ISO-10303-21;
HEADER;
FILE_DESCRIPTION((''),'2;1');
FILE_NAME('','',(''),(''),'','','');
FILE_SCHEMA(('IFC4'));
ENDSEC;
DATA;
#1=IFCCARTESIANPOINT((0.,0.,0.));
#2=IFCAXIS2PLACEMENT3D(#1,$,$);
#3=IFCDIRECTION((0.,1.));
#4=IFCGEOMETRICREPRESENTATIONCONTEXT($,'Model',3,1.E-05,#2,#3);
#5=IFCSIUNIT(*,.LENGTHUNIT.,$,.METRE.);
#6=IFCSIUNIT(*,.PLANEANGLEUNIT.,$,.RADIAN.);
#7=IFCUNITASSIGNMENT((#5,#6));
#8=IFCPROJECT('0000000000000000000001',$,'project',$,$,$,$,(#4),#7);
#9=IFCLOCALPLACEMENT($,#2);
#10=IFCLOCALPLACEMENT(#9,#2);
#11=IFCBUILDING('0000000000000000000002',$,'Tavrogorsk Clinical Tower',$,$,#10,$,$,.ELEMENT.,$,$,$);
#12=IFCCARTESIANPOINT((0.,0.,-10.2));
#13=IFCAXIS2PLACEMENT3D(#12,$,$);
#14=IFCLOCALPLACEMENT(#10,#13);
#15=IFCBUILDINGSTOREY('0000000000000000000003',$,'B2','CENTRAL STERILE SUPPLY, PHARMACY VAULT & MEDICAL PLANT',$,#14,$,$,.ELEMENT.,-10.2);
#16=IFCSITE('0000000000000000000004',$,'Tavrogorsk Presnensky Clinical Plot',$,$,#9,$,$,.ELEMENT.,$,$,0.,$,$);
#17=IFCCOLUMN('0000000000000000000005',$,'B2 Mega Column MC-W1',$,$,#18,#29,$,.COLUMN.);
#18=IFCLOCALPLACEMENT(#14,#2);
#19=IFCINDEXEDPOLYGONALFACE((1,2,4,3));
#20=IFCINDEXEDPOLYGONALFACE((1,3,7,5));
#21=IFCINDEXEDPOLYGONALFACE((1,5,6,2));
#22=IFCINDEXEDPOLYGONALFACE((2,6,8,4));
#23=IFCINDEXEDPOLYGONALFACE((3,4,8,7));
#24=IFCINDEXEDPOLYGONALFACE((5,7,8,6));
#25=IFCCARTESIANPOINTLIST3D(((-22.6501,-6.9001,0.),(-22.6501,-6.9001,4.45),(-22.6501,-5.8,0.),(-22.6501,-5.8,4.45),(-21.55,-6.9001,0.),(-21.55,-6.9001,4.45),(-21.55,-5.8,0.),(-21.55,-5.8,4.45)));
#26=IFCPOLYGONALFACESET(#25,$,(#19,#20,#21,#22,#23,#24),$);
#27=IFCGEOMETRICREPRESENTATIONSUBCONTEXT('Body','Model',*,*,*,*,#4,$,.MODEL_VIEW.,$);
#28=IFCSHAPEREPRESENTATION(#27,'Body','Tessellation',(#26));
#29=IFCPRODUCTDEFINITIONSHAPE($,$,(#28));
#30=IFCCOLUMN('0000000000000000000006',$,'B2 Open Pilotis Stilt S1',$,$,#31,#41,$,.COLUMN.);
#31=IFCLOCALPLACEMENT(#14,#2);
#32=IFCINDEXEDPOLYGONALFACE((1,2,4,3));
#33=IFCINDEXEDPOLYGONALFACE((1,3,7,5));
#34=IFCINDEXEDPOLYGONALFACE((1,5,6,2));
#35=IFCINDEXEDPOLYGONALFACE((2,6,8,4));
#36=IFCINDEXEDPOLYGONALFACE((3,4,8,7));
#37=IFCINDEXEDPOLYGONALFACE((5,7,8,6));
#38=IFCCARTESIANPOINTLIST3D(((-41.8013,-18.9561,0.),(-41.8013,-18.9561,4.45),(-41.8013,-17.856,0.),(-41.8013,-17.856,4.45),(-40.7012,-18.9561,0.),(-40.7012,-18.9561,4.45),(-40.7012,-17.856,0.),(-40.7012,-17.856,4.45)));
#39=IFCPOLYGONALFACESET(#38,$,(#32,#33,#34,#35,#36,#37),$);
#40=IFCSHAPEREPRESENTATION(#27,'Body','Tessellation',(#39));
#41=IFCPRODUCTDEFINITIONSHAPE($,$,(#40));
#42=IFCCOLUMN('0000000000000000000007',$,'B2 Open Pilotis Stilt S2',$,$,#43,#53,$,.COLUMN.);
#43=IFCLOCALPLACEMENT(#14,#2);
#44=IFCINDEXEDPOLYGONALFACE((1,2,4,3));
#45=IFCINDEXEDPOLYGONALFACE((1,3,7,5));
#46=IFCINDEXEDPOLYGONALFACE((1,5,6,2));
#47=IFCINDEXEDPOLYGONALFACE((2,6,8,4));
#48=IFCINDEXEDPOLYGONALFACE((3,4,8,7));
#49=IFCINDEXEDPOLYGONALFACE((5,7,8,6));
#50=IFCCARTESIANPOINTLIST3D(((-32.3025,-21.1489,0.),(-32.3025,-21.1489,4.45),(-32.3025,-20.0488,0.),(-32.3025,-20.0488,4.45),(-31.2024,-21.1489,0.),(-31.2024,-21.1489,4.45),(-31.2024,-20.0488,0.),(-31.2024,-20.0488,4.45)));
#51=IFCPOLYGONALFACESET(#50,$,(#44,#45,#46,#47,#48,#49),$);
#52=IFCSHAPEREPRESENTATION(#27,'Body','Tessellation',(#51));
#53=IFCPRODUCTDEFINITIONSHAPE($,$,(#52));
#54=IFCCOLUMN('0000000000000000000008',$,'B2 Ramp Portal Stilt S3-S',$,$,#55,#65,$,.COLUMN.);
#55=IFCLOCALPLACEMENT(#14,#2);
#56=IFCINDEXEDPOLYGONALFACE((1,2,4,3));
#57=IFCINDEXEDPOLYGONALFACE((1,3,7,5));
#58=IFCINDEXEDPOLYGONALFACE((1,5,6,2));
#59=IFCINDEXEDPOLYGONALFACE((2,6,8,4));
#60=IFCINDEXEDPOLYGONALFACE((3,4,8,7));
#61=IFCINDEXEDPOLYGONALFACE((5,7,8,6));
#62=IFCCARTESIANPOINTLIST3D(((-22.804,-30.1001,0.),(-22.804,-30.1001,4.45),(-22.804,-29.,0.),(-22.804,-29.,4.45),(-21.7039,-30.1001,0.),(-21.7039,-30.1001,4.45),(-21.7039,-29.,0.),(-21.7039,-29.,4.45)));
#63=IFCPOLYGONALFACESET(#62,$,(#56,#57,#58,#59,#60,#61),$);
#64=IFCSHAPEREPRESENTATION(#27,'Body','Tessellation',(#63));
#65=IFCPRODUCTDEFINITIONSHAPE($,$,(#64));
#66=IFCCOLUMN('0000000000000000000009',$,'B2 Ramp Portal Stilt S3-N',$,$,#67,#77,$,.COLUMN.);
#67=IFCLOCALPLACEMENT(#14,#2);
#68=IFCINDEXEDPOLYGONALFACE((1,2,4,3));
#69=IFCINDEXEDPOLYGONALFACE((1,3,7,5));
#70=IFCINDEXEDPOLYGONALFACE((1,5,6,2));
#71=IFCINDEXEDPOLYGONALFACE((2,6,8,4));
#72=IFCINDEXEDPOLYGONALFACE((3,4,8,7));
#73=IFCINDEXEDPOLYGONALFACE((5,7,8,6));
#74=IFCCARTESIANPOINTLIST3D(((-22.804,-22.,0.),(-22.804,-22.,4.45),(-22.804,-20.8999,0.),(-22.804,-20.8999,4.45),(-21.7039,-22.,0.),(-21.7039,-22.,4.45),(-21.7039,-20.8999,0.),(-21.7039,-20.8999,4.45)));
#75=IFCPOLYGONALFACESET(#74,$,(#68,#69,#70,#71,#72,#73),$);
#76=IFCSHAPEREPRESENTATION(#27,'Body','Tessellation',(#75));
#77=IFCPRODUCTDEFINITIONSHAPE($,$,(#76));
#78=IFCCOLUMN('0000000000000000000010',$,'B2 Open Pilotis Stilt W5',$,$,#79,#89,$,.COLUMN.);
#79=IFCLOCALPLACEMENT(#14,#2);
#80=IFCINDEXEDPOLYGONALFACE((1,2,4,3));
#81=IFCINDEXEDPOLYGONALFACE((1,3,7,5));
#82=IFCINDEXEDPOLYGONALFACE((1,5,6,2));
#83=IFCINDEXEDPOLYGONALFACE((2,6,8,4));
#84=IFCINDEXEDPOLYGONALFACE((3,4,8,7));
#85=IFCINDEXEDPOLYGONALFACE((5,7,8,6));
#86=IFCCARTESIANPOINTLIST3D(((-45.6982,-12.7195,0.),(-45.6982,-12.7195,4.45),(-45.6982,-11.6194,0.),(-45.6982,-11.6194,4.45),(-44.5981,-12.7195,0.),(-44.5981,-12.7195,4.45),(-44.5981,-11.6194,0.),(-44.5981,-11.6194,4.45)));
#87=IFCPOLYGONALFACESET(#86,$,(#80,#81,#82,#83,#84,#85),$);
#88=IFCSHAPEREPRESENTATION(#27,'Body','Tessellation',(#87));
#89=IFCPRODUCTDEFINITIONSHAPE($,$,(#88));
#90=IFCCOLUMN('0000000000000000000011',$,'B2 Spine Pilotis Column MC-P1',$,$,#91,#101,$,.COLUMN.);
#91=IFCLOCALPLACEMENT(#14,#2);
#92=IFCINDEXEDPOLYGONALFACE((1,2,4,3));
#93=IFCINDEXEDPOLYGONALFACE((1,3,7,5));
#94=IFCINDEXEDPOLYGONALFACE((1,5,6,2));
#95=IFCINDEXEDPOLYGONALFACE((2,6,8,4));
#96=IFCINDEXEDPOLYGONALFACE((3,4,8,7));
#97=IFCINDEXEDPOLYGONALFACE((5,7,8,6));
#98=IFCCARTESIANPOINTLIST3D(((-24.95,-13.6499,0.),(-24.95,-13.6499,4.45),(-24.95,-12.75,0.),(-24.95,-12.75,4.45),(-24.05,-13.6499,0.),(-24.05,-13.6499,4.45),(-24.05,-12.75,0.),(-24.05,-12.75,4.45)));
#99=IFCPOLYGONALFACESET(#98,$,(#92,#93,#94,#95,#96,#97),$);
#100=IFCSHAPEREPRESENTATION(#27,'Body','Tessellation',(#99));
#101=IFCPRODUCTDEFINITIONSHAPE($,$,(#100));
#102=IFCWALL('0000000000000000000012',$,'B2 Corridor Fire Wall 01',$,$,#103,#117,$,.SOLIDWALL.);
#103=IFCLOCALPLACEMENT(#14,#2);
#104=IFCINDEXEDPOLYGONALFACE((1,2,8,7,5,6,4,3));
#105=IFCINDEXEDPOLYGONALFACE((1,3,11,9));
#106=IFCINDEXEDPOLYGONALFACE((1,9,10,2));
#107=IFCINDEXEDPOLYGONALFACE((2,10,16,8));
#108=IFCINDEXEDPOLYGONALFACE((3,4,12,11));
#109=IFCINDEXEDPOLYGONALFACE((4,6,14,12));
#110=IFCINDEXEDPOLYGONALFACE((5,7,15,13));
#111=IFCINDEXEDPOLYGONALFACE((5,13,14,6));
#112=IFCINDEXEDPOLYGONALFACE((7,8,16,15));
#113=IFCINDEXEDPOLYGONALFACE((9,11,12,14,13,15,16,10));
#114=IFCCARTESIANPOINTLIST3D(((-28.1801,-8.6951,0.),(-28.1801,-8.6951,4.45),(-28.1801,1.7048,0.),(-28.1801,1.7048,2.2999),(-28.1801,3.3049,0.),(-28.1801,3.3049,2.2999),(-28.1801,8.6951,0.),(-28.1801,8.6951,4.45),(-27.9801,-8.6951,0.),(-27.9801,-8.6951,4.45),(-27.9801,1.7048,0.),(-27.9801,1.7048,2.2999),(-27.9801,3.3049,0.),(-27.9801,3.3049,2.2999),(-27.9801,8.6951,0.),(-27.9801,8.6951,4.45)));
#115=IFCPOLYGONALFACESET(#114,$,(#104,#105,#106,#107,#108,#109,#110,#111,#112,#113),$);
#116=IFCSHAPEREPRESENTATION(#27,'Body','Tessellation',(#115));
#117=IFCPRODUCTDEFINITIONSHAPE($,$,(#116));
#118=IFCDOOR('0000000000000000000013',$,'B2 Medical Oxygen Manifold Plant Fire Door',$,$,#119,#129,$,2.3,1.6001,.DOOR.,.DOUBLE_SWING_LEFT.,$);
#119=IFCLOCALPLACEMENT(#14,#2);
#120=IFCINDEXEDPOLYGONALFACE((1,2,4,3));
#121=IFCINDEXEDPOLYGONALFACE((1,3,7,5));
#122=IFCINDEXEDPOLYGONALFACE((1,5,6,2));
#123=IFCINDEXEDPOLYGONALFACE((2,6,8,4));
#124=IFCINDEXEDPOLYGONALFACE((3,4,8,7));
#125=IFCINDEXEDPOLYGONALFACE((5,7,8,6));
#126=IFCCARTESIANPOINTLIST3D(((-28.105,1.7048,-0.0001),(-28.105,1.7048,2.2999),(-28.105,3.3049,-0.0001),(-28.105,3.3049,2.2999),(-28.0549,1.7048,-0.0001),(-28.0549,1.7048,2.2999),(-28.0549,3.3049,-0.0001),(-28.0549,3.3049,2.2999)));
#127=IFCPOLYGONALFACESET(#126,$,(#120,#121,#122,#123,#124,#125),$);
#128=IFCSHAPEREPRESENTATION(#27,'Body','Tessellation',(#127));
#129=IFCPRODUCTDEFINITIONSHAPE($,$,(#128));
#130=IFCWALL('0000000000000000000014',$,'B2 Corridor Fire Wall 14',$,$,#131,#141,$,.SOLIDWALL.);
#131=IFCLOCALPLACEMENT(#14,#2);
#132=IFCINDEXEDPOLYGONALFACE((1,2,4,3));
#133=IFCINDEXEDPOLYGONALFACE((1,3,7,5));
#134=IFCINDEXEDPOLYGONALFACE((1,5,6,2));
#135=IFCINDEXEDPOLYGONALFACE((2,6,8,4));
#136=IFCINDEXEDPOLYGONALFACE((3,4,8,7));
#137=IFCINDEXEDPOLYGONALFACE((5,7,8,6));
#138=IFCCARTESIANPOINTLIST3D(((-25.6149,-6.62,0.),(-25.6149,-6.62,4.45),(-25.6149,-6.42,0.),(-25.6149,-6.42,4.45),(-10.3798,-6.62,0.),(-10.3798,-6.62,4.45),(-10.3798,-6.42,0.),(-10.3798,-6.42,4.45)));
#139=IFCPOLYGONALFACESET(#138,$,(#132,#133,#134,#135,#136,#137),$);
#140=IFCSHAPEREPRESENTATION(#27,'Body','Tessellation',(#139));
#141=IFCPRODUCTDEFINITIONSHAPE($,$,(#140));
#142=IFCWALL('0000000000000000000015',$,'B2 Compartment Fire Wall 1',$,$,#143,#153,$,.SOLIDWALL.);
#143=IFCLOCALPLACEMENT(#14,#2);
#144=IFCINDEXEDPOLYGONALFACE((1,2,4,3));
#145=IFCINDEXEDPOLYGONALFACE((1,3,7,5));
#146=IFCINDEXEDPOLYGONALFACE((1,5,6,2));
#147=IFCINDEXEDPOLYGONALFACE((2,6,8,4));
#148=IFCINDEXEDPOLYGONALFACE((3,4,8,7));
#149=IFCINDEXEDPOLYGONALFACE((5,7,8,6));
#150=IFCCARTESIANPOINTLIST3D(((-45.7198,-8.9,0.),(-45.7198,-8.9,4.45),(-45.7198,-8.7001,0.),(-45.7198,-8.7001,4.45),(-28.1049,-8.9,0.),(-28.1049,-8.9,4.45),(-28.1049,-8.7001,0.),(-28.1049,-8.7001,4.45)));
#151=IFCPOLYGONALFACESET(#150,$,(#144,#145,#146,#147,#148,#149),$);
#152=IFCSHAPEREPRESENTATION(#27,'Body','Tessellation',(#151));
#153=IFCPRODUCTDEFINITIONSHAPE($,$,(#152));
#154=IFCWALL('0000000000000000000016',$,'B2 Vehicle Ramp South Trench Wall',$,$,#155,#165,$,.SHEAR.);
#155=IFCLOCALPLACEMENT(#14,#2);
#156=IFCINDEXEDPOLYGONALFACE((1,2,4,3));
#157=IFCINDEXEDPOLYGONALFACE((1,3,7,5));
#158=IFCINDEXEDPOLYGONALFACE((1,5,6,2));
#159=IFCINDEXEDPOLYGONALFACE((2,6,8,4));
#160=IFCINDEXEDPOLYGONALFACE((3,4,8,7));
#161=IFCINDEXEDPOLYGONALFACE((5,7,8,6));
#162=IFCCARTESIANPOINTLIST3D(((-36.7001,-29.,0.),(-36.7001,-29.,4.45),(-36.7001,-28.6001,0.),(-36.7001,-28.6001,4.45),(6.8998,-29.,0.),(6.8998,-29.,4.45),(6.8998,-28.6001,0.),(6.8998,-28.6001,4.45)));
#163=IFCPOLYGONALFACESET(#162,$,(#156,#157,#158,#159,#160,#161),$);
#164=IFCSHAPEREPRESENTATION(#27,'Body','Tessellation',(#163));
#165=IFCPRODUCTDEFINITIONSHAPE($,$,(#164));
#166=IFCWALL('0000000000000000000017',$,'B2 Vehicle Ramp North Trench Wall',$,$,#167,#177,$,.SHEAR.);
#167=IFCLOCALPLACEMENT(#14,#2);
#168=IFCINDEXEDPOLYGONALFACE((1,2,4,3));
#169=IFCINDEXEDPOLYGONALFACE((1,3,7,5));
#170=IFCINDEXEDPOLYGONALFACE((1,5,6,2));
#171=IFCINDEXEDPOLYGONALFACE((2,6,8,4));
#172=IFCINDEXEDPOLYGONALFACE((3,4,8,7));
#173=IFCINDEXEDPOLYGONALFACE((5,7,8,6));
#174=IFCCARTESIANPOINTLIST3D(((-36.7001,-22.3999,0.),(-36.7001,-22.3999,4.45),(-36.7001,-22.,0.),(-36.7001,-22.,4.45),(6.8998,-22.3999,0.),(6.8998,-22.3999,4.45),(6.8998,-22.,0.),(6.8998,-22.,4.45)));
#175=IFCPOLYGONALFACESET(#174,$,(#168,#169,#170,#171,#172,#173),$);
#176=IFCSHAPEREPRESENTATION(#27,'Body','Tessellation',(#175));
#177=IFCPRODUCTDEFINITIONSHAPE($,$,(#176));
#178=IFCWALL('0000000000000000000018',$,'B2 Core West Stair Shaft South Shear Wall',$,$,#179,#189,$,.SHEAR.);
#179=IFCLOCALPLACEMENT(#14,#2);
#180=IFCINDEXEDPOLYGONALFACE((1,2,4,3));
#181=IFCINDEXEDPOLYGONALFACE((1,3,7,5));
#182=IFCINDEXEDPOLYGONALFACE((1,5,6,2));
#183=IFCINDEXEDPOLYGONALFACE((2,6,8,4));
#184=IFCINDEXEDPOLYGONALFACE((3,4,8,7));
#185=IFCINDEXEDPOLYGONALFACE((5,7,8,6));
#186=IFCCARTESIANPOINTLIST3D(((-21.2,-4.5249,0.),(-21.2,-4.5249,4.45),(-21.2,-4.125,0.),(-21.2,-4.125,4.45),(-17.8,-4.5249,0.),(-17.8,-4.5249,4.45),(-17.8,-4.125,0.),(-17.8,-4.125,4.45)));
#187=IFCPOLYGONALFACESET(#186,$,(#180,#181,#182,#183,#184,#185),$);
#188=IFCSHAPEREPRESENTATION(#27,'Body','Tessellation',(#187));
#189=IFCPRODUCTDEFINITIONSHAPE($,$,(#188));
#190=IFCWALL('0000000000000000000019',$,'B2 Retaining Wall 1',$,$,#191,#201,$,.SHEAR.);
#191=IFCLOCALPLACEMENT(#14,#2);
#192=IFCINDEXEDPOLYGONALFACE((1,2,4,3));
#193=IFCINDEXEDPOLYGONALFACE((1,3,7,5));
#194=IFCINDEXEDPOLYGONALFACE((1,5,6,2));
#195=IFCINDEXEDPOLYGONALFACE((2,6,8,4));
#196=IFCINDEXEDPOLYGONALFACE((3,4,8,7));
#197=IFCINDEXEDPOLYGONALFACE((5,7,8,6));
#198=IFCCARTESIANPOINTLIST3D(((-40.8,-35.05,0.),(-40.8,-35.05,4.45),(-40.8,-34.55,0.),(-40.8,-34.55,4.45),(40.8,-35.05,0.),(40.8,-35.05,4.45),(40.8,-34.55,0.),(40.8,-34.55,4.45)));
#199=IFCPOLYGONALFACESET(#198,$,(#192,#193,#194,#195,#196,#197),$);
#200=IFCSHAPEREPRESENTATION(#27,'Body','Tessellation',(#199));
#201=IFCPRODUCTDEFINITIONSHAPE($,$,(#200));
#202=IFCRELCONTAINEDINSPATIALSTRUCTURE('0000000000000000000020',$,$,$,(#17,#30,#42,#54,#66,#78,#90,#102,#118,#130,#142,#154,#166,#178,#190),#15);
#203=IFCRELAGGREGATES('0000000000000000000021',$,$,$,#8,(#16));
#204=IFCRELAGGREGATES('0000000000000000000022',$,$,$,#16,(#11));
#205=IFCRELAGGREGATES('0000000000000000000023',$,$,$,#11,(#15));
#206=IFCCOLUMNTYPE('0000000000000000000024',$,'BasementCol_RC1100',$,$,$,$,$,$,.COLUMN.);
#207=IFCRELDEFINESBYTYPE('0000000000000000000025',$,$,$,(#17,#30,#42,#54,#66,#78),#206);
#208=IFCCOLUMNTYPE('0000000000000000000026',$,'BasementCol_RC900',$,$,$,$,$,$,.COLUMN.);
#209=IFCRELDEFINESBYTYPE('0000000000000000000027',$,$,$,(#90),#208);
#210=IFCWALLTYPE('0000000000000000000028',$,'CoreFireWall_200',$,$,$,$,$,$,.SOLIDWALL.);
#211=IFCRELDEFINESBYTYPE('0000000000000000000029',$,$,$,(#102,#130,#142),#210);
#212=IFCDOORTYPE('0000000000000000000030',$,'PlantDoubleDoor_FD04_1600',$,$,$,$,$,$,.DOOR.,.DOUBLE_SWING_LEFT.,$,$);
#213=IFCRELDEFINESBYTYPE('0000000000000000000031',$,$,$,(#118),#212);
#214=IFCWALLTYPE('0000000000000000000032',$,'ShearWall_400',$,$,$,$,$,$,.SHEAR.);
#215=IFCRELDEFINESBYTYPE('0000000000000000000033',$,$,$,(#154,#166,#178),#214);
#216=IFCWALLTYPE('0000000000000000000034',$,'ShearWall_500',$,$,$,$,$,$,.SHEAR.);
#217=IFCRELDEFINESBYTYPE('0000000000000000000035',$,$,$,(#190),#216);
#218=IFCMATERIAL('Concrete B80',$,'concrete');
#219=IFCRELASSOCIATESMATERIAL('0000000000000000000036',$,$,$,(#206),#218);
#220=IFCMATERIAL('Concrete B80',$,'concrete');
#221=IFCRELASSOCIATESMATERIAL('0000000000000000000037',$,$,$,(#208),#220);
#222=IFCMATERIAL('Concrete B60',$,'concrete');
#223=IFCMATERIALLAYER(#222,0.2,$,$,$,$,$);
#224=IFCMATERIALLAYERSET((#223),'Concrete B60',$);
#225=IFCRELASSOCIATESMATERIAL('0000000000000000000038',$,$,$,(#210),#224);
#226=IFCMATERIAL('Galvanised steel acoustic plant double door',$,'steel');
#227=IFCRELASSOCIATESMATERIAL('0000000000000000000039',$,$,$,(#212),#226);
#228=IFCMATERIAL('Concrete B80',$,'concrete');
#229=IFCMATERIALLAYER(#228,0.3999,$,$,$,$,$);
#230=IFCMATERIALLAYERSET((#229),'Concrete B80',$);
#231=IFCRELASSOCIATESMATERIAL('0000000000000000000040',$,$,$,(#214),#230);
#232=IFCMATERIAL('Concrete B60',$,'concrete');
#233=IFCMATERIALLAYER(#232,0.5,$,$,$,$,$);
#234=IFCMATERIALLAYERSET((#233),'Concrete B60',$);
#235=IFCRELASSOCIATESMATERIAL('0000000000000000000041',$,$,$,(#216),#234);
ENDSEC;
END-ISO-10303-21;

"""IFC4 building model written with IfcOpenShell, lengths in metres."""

from ifc_helpers import new_model, si_unit, direction, frame, frame_2d, origin, origin_2d, place, context, subcontext, project, spatial, rectangle, extrude, material, layer, layer_set, material_profile, profile_set, type_object, element, fill, save


model = new_model("IFC4")

# Units and contexts
model_context = context("Model", 3, precision=1e-05, world=origin(), true_north=direction((0.0, 1.0)))
body_context = subcontext(model_context, "Body", "Model", "MODEL_VIEW")
ifc_project = project(units=[si_unit("LENGTHUNIT", "METRE"), si_unit("PLANEANGLEUNIT", "RADIAN")], contexts=[model_context])

# Site, building, storey
site_placement = place(None, origin())
site = spatial("IfcSite", under=ifc_project, at=site_placement, Name="Tavrogorsk Presnensky Clinical Plot", CompositionType="ELEMENT", RefElevation=0.0)
building_placement = place(site_placement, origin())
building = spatial("IfcBuilding", under=site, at=building_placement, Name="Tavrogorsk Clinical Tower", CompositionType="ELEMENT")
storey_placement = place(building_placement, frame((0.0, 0.0, -10.2)))
storey = spatial("IfcBuildingStorey", under=building, at=storey_placement, Name="B2", Description="CENTRAL STERILE SUPPLY, PHARMACY VAULT & MEDICAL PLANT", CompositionType="ELEMENT", Elevation=-10.2)

# Columns
ifc_material_1 = material(Name="Concrete B80", Category="concrete")
ifc_material_profile_1 = material_profile(ifc_material_1, rectangle(XDim=1.1001, YDim=1.1001, at=origin_2d()), Name="RC-COL-1100x1100")
ifc_profile_set_1 = profile_set([ifc_material_profile_1], Name="Concrete B80")
column_type_1 = type_object("IfcColumnType", Name="BasementCol_RC1100", PredefinedType="COLUMN", material=ifc_profile_set_1)
for number, where, z_axis, x_axis, name in (
    (1, (-22.1001, -6.3501, 0.0), (0.0, 0.0, 1.0), (1.0, 0.0, 0.0), "B2 Mega Column MC-W1"),
    (2, (-41.2512, -18.406, 0.0), (0.0, 0.0, 1.0), (1.0, 0.0, 0.0), "B2 Open Pilotis Stilt S1"),
    (3, (-31.7524, -20.5989, 0.0), (0.0, 0.0, 1.0), (1.0, 0.0, 0.0), "B2 Open Pilotis Stilt S2"),
    (4, (-22.2539, -29.55, 0.0), (0.0, 0.0, 1.0), (1.0, 0.0, 0.0), "B2 Ramp Portal Stilt S3-S"),
    (5, (-22.2539, -21.45, 0.0), (0.0, 0.0, 1.0), (1.0, 0.0, 0.0), "B2 Ramp Portal Stilt S3-N"),
    (6, (-45.1482, -12.1694, 0.0), (0.0, 0.0, 1.0), (1.0, 0.0, 0.0), "B2 Open Pilotis Stilt W5"),
):
    element("IfcColumn", number, at=place(storey_placement, frame(where, z_axis=z_axis, x_axis=x_axis)), inside=storey, type_object=column_type_1, Name=name, PredefinedType="COLUMN", context=body_context, shape_type="SweptSolid", body=[
        extrude(rectangle(XDim=1.1001, YDim=1.1001, at=origin_2d()), origin(), (0.0, 0.0, 1.0), 4.45),
    ])
ifc_material_2 = material(Name="Concrete B80", Category="concrete")
ifc_material_profile_2 = material_profile(ifc_material_2, rectangle(XDim=0.8999, YDim=0.8999, at=origin_2d()), Name="RC-COL-900x900")
ifc_profile_set_2 = profile_set([ifc_material_profile_2], Name="Concrete B80")
column_type_2 = type_object("IfcColumnType", Name="BasementCol_RC900", PredefinedType="COLUMN", material=ifc_profile_set_2)
column_placement = place(storey_placement, frame((-24.5, -13.2, 0.0), z_axis=(0.0, 0.0, 1.0), x_axis=(1.0, 0.0, 0.0)))
element("IfcColumn", 7, at=column_placement, inside=storey, type_object=column_type_2, Name="B2 Spine Pilotis Column MC-P1", PredefinedType="COLUMN", context=body_context, shape_type="SweptSolid", body=[
    extrude(rectangle(XDim=0.8999, YDim=0.8999, at=origin_2d()), origin(), (0.0, 0.0, 1.0), 4.45),
])

# Wall, opening, door
ifc_material_3 = material(Name="Concrete B60", Category="concrete")
ifc_layer_1 = layer(ifc_material_3, 0.2)
ifc_layer_set_1 = layer_set([ifc_layer_1], Name="Concrete B60")
wall_type_1 = type_object("IfcWallType", Name="CoreFireWall_200", PredefinedType="SOLIDWALL", material=ifc_layer_set_1)
wall_1_placement = place(storey_placement, frame((-28.0801, -8.6951, 0.0), z_axis=(0.0, 0.0, 1.0), x_axis=(0.0, 1.0, 0.0)))
wall_1 = element("IfcWall", 8, at=wall_1_placement, inside=storey, type_object=wall_type_1, Name="B2 Corridor Fire Wall 01", PredefinedType="SOLIDWALL", context=body_context, shape_type="SweptSolid", body=[
    extrude(rectangle(XDim=17.3901, YDim=0.2, at=frame_2d((8.6951, 0.0))), origin(), (0.0, 0.0, 1.0), 4.45),
])
opening_placement = place(wall_1_placement, frame((10.3999, 0.0, 0.0)))
opening = element("IfcOpeningElement", 9, at=opening_placement, cuts=wall_1, PredefinedType="OPENING", context=body_context, shape_type="SweptSolid", body=[
    extrude(rectangle(XDim=1.6001, YDim=2.3, at=frame_2d((0.8, 1.1499))), frame((0.0, 0.1099, 0.0), z_axis=(0.0, -1.0, 0.0), x_axis=(1.0, 0.0, 0.0)), (0.0, 0.0, 1.0), 0.22),
])
ifc_material_4 = material(Name="Galvanised steel acoustic plant double door", Category="steel")
door_type = type_object("IfcDoorType", Name="PlantDoubleDoor_FD04_1600", OperationType="DOUBLE_SWING_LEFT", PredefinedType="DOOR", material=ifc_material_4)
door_placement = place(opening_placement, origin())
door = element("IfcDoor", 10, at=door_placement, inside=storey, type_object=door_type, Name="B2 Medical Oxygen Manifold Plant Fire Door", OperationType="DOUBLE_SWING_LEFT", OverallHeight=2.3, OverallWidth=1.6001, PredefinedType="DOOR", context=body_context, shape_type="SweptSolid", body=[
    extrude(rectangle(XDim=1.6001, YDim=2.3, at=frame_2d((0.8, 1.1499))), frame((0.0, 0.0249, 0.0), z_axis=(0.0, -1.0, 0.0), x_axis=(1.0, 0.0, 0.0)), (0.0, 0.0, 1.0), 0.05),
])
fill(opening, door)

# Walls
wall_2_placement = place(storey_placement, frame((-25.615, -6.52, 0.0), z_axis=(0.0, 0.0, 1.0), x_axis=(1.0, 0.0, 0.0)))
element("IfcWall", 11, at=wall_2_placement, inside=storey, type_object=wall_type_1, Name="B2 Corridor Fire Wall 14", PredefinedType="SOLIDWALL", context=body_context, shape_type="SweptSolid", body=[
    extrude(rectangle(XDim=15.2351, YDim=0.2, at=frame_2d((7.6177, 0.0))), origin(), (0.0, 0.0, 1.0), 4.45),
])
wall_3_placement = place(storey_placement, frame((-45.72, -8.8, 0.0), z_axis=(0.0, 0.0, 1.0), x_axis=(1.0, 0.0, 0.0)))
element("IfcWall", 12, at=wall_3_placement, inside=storey, type_object=wall_type_1, Name="B2 Compartment Fire Wall 1", PredefinedType="SOLIDWALL", context=body_context, shape_type="SweptSolid", body=[
    extrude(rectangle(XDim=17.615, YDim=0.2, at=frame_2d((8.8076, 0.0))), origin(), (0.0, 0.0, 1.0), 4.45),
])
ifc_material_5 = material(Name="Concrete B80", Category="concrete")
ifc_layer_2 = layer(ifc_material_5, 0.3999)
ifc_layer_set_2 = layer_set([ifc_layer_2], Name="Concrete B80")
wall_type_2 = type_object("IfcWallType", Name="ShearWall_400", PredefinedType="SHEAR", material=ifc_layer_set_2)
for number, where, z_axis, x_axis, name in (
    (13, (-36.7, -28.8, 0.0), (0.0, 0.0, 1.0), (1.0, 0.0, 0.0), "B2 Vehicle Ramp South Trench Wall"),
    (14, (-36.7, -22.2, 0.0), (0.0, 0.0, 1.0), (1.0, 0.0, 0.0), "B2 Vehicle Ramp North Trench Wall"),
):
    element("IfcWall", number, at=place(storey_placement, frame(where, z_axis=z_axis, x_axis=x_axis)), inside=storey, type_object=wall_type_2, Name=name, PredefinedType="SHEAR", context=body_context, shape_type="SweptSolid", body=[
        extrude(rectangle(XDim=43.5999, YDim=0.3999, at=frame_2d((21.7998, 0.0))), origin(), (0.0, 0.0, 1.0), 4.45),
    ])
wall_4_placement = place(storey_placement, frame((-21.2, -4.325, 0.0), z_axis=(0.0, 0.0, 1.0), x_axis=(1.0, 0.0, 0.0)))
element("IfcWall", 15, at=wall_4_placement, inside=storey, type_object=wall_type_2, Name="B2 Core West Stair Shaft South Shear Wall", PredefinedType="SHEAR", context=body_context, shape_type="SweptSolid", body=[
    extrude(rectangle(XDim=3.3999, YDim=0.3999, at=frame_2d((1.7, 0.0))), origin(), (0.0, 0.0, 1.0), 4.45),
])
ifc_material_6 = material(Name="Concrete B60", Category="concrete")
ifc_layer_3 = layer(ifc_material_6, 0.5)
ifc_layer_set_3 = layer_set([ifc_layer_3], Name="Concrete B60")
wall_type_3 = type_object("IfcWallType", Name="ShearWall_500", PredefinedType="SHEAR", material=ifc_layer_set_3)
wall_5_placement = place(storey_placement, frame((-40.8, -34.8, 0.0), z_axis=(0.0, 0.0, 1.0), x_axis=(1.0, 0.0, 0.0)))
element("IfcWall", 16, at=wall_5_placement, inside=storey, type_object=wall_type_3, Name="B2 Retaining Wall 1", PredefinedType="SHEAR", context=body_context, shape_type="SweptSolid", body=[
    extrude(rectangle(XDim=81.6001, YDim=0.5, at=frame_2d((40.8, 0.0))), origin(), (0.0, 0.0, 1.0), 4.45),
])

save(model, "model.ifc")
